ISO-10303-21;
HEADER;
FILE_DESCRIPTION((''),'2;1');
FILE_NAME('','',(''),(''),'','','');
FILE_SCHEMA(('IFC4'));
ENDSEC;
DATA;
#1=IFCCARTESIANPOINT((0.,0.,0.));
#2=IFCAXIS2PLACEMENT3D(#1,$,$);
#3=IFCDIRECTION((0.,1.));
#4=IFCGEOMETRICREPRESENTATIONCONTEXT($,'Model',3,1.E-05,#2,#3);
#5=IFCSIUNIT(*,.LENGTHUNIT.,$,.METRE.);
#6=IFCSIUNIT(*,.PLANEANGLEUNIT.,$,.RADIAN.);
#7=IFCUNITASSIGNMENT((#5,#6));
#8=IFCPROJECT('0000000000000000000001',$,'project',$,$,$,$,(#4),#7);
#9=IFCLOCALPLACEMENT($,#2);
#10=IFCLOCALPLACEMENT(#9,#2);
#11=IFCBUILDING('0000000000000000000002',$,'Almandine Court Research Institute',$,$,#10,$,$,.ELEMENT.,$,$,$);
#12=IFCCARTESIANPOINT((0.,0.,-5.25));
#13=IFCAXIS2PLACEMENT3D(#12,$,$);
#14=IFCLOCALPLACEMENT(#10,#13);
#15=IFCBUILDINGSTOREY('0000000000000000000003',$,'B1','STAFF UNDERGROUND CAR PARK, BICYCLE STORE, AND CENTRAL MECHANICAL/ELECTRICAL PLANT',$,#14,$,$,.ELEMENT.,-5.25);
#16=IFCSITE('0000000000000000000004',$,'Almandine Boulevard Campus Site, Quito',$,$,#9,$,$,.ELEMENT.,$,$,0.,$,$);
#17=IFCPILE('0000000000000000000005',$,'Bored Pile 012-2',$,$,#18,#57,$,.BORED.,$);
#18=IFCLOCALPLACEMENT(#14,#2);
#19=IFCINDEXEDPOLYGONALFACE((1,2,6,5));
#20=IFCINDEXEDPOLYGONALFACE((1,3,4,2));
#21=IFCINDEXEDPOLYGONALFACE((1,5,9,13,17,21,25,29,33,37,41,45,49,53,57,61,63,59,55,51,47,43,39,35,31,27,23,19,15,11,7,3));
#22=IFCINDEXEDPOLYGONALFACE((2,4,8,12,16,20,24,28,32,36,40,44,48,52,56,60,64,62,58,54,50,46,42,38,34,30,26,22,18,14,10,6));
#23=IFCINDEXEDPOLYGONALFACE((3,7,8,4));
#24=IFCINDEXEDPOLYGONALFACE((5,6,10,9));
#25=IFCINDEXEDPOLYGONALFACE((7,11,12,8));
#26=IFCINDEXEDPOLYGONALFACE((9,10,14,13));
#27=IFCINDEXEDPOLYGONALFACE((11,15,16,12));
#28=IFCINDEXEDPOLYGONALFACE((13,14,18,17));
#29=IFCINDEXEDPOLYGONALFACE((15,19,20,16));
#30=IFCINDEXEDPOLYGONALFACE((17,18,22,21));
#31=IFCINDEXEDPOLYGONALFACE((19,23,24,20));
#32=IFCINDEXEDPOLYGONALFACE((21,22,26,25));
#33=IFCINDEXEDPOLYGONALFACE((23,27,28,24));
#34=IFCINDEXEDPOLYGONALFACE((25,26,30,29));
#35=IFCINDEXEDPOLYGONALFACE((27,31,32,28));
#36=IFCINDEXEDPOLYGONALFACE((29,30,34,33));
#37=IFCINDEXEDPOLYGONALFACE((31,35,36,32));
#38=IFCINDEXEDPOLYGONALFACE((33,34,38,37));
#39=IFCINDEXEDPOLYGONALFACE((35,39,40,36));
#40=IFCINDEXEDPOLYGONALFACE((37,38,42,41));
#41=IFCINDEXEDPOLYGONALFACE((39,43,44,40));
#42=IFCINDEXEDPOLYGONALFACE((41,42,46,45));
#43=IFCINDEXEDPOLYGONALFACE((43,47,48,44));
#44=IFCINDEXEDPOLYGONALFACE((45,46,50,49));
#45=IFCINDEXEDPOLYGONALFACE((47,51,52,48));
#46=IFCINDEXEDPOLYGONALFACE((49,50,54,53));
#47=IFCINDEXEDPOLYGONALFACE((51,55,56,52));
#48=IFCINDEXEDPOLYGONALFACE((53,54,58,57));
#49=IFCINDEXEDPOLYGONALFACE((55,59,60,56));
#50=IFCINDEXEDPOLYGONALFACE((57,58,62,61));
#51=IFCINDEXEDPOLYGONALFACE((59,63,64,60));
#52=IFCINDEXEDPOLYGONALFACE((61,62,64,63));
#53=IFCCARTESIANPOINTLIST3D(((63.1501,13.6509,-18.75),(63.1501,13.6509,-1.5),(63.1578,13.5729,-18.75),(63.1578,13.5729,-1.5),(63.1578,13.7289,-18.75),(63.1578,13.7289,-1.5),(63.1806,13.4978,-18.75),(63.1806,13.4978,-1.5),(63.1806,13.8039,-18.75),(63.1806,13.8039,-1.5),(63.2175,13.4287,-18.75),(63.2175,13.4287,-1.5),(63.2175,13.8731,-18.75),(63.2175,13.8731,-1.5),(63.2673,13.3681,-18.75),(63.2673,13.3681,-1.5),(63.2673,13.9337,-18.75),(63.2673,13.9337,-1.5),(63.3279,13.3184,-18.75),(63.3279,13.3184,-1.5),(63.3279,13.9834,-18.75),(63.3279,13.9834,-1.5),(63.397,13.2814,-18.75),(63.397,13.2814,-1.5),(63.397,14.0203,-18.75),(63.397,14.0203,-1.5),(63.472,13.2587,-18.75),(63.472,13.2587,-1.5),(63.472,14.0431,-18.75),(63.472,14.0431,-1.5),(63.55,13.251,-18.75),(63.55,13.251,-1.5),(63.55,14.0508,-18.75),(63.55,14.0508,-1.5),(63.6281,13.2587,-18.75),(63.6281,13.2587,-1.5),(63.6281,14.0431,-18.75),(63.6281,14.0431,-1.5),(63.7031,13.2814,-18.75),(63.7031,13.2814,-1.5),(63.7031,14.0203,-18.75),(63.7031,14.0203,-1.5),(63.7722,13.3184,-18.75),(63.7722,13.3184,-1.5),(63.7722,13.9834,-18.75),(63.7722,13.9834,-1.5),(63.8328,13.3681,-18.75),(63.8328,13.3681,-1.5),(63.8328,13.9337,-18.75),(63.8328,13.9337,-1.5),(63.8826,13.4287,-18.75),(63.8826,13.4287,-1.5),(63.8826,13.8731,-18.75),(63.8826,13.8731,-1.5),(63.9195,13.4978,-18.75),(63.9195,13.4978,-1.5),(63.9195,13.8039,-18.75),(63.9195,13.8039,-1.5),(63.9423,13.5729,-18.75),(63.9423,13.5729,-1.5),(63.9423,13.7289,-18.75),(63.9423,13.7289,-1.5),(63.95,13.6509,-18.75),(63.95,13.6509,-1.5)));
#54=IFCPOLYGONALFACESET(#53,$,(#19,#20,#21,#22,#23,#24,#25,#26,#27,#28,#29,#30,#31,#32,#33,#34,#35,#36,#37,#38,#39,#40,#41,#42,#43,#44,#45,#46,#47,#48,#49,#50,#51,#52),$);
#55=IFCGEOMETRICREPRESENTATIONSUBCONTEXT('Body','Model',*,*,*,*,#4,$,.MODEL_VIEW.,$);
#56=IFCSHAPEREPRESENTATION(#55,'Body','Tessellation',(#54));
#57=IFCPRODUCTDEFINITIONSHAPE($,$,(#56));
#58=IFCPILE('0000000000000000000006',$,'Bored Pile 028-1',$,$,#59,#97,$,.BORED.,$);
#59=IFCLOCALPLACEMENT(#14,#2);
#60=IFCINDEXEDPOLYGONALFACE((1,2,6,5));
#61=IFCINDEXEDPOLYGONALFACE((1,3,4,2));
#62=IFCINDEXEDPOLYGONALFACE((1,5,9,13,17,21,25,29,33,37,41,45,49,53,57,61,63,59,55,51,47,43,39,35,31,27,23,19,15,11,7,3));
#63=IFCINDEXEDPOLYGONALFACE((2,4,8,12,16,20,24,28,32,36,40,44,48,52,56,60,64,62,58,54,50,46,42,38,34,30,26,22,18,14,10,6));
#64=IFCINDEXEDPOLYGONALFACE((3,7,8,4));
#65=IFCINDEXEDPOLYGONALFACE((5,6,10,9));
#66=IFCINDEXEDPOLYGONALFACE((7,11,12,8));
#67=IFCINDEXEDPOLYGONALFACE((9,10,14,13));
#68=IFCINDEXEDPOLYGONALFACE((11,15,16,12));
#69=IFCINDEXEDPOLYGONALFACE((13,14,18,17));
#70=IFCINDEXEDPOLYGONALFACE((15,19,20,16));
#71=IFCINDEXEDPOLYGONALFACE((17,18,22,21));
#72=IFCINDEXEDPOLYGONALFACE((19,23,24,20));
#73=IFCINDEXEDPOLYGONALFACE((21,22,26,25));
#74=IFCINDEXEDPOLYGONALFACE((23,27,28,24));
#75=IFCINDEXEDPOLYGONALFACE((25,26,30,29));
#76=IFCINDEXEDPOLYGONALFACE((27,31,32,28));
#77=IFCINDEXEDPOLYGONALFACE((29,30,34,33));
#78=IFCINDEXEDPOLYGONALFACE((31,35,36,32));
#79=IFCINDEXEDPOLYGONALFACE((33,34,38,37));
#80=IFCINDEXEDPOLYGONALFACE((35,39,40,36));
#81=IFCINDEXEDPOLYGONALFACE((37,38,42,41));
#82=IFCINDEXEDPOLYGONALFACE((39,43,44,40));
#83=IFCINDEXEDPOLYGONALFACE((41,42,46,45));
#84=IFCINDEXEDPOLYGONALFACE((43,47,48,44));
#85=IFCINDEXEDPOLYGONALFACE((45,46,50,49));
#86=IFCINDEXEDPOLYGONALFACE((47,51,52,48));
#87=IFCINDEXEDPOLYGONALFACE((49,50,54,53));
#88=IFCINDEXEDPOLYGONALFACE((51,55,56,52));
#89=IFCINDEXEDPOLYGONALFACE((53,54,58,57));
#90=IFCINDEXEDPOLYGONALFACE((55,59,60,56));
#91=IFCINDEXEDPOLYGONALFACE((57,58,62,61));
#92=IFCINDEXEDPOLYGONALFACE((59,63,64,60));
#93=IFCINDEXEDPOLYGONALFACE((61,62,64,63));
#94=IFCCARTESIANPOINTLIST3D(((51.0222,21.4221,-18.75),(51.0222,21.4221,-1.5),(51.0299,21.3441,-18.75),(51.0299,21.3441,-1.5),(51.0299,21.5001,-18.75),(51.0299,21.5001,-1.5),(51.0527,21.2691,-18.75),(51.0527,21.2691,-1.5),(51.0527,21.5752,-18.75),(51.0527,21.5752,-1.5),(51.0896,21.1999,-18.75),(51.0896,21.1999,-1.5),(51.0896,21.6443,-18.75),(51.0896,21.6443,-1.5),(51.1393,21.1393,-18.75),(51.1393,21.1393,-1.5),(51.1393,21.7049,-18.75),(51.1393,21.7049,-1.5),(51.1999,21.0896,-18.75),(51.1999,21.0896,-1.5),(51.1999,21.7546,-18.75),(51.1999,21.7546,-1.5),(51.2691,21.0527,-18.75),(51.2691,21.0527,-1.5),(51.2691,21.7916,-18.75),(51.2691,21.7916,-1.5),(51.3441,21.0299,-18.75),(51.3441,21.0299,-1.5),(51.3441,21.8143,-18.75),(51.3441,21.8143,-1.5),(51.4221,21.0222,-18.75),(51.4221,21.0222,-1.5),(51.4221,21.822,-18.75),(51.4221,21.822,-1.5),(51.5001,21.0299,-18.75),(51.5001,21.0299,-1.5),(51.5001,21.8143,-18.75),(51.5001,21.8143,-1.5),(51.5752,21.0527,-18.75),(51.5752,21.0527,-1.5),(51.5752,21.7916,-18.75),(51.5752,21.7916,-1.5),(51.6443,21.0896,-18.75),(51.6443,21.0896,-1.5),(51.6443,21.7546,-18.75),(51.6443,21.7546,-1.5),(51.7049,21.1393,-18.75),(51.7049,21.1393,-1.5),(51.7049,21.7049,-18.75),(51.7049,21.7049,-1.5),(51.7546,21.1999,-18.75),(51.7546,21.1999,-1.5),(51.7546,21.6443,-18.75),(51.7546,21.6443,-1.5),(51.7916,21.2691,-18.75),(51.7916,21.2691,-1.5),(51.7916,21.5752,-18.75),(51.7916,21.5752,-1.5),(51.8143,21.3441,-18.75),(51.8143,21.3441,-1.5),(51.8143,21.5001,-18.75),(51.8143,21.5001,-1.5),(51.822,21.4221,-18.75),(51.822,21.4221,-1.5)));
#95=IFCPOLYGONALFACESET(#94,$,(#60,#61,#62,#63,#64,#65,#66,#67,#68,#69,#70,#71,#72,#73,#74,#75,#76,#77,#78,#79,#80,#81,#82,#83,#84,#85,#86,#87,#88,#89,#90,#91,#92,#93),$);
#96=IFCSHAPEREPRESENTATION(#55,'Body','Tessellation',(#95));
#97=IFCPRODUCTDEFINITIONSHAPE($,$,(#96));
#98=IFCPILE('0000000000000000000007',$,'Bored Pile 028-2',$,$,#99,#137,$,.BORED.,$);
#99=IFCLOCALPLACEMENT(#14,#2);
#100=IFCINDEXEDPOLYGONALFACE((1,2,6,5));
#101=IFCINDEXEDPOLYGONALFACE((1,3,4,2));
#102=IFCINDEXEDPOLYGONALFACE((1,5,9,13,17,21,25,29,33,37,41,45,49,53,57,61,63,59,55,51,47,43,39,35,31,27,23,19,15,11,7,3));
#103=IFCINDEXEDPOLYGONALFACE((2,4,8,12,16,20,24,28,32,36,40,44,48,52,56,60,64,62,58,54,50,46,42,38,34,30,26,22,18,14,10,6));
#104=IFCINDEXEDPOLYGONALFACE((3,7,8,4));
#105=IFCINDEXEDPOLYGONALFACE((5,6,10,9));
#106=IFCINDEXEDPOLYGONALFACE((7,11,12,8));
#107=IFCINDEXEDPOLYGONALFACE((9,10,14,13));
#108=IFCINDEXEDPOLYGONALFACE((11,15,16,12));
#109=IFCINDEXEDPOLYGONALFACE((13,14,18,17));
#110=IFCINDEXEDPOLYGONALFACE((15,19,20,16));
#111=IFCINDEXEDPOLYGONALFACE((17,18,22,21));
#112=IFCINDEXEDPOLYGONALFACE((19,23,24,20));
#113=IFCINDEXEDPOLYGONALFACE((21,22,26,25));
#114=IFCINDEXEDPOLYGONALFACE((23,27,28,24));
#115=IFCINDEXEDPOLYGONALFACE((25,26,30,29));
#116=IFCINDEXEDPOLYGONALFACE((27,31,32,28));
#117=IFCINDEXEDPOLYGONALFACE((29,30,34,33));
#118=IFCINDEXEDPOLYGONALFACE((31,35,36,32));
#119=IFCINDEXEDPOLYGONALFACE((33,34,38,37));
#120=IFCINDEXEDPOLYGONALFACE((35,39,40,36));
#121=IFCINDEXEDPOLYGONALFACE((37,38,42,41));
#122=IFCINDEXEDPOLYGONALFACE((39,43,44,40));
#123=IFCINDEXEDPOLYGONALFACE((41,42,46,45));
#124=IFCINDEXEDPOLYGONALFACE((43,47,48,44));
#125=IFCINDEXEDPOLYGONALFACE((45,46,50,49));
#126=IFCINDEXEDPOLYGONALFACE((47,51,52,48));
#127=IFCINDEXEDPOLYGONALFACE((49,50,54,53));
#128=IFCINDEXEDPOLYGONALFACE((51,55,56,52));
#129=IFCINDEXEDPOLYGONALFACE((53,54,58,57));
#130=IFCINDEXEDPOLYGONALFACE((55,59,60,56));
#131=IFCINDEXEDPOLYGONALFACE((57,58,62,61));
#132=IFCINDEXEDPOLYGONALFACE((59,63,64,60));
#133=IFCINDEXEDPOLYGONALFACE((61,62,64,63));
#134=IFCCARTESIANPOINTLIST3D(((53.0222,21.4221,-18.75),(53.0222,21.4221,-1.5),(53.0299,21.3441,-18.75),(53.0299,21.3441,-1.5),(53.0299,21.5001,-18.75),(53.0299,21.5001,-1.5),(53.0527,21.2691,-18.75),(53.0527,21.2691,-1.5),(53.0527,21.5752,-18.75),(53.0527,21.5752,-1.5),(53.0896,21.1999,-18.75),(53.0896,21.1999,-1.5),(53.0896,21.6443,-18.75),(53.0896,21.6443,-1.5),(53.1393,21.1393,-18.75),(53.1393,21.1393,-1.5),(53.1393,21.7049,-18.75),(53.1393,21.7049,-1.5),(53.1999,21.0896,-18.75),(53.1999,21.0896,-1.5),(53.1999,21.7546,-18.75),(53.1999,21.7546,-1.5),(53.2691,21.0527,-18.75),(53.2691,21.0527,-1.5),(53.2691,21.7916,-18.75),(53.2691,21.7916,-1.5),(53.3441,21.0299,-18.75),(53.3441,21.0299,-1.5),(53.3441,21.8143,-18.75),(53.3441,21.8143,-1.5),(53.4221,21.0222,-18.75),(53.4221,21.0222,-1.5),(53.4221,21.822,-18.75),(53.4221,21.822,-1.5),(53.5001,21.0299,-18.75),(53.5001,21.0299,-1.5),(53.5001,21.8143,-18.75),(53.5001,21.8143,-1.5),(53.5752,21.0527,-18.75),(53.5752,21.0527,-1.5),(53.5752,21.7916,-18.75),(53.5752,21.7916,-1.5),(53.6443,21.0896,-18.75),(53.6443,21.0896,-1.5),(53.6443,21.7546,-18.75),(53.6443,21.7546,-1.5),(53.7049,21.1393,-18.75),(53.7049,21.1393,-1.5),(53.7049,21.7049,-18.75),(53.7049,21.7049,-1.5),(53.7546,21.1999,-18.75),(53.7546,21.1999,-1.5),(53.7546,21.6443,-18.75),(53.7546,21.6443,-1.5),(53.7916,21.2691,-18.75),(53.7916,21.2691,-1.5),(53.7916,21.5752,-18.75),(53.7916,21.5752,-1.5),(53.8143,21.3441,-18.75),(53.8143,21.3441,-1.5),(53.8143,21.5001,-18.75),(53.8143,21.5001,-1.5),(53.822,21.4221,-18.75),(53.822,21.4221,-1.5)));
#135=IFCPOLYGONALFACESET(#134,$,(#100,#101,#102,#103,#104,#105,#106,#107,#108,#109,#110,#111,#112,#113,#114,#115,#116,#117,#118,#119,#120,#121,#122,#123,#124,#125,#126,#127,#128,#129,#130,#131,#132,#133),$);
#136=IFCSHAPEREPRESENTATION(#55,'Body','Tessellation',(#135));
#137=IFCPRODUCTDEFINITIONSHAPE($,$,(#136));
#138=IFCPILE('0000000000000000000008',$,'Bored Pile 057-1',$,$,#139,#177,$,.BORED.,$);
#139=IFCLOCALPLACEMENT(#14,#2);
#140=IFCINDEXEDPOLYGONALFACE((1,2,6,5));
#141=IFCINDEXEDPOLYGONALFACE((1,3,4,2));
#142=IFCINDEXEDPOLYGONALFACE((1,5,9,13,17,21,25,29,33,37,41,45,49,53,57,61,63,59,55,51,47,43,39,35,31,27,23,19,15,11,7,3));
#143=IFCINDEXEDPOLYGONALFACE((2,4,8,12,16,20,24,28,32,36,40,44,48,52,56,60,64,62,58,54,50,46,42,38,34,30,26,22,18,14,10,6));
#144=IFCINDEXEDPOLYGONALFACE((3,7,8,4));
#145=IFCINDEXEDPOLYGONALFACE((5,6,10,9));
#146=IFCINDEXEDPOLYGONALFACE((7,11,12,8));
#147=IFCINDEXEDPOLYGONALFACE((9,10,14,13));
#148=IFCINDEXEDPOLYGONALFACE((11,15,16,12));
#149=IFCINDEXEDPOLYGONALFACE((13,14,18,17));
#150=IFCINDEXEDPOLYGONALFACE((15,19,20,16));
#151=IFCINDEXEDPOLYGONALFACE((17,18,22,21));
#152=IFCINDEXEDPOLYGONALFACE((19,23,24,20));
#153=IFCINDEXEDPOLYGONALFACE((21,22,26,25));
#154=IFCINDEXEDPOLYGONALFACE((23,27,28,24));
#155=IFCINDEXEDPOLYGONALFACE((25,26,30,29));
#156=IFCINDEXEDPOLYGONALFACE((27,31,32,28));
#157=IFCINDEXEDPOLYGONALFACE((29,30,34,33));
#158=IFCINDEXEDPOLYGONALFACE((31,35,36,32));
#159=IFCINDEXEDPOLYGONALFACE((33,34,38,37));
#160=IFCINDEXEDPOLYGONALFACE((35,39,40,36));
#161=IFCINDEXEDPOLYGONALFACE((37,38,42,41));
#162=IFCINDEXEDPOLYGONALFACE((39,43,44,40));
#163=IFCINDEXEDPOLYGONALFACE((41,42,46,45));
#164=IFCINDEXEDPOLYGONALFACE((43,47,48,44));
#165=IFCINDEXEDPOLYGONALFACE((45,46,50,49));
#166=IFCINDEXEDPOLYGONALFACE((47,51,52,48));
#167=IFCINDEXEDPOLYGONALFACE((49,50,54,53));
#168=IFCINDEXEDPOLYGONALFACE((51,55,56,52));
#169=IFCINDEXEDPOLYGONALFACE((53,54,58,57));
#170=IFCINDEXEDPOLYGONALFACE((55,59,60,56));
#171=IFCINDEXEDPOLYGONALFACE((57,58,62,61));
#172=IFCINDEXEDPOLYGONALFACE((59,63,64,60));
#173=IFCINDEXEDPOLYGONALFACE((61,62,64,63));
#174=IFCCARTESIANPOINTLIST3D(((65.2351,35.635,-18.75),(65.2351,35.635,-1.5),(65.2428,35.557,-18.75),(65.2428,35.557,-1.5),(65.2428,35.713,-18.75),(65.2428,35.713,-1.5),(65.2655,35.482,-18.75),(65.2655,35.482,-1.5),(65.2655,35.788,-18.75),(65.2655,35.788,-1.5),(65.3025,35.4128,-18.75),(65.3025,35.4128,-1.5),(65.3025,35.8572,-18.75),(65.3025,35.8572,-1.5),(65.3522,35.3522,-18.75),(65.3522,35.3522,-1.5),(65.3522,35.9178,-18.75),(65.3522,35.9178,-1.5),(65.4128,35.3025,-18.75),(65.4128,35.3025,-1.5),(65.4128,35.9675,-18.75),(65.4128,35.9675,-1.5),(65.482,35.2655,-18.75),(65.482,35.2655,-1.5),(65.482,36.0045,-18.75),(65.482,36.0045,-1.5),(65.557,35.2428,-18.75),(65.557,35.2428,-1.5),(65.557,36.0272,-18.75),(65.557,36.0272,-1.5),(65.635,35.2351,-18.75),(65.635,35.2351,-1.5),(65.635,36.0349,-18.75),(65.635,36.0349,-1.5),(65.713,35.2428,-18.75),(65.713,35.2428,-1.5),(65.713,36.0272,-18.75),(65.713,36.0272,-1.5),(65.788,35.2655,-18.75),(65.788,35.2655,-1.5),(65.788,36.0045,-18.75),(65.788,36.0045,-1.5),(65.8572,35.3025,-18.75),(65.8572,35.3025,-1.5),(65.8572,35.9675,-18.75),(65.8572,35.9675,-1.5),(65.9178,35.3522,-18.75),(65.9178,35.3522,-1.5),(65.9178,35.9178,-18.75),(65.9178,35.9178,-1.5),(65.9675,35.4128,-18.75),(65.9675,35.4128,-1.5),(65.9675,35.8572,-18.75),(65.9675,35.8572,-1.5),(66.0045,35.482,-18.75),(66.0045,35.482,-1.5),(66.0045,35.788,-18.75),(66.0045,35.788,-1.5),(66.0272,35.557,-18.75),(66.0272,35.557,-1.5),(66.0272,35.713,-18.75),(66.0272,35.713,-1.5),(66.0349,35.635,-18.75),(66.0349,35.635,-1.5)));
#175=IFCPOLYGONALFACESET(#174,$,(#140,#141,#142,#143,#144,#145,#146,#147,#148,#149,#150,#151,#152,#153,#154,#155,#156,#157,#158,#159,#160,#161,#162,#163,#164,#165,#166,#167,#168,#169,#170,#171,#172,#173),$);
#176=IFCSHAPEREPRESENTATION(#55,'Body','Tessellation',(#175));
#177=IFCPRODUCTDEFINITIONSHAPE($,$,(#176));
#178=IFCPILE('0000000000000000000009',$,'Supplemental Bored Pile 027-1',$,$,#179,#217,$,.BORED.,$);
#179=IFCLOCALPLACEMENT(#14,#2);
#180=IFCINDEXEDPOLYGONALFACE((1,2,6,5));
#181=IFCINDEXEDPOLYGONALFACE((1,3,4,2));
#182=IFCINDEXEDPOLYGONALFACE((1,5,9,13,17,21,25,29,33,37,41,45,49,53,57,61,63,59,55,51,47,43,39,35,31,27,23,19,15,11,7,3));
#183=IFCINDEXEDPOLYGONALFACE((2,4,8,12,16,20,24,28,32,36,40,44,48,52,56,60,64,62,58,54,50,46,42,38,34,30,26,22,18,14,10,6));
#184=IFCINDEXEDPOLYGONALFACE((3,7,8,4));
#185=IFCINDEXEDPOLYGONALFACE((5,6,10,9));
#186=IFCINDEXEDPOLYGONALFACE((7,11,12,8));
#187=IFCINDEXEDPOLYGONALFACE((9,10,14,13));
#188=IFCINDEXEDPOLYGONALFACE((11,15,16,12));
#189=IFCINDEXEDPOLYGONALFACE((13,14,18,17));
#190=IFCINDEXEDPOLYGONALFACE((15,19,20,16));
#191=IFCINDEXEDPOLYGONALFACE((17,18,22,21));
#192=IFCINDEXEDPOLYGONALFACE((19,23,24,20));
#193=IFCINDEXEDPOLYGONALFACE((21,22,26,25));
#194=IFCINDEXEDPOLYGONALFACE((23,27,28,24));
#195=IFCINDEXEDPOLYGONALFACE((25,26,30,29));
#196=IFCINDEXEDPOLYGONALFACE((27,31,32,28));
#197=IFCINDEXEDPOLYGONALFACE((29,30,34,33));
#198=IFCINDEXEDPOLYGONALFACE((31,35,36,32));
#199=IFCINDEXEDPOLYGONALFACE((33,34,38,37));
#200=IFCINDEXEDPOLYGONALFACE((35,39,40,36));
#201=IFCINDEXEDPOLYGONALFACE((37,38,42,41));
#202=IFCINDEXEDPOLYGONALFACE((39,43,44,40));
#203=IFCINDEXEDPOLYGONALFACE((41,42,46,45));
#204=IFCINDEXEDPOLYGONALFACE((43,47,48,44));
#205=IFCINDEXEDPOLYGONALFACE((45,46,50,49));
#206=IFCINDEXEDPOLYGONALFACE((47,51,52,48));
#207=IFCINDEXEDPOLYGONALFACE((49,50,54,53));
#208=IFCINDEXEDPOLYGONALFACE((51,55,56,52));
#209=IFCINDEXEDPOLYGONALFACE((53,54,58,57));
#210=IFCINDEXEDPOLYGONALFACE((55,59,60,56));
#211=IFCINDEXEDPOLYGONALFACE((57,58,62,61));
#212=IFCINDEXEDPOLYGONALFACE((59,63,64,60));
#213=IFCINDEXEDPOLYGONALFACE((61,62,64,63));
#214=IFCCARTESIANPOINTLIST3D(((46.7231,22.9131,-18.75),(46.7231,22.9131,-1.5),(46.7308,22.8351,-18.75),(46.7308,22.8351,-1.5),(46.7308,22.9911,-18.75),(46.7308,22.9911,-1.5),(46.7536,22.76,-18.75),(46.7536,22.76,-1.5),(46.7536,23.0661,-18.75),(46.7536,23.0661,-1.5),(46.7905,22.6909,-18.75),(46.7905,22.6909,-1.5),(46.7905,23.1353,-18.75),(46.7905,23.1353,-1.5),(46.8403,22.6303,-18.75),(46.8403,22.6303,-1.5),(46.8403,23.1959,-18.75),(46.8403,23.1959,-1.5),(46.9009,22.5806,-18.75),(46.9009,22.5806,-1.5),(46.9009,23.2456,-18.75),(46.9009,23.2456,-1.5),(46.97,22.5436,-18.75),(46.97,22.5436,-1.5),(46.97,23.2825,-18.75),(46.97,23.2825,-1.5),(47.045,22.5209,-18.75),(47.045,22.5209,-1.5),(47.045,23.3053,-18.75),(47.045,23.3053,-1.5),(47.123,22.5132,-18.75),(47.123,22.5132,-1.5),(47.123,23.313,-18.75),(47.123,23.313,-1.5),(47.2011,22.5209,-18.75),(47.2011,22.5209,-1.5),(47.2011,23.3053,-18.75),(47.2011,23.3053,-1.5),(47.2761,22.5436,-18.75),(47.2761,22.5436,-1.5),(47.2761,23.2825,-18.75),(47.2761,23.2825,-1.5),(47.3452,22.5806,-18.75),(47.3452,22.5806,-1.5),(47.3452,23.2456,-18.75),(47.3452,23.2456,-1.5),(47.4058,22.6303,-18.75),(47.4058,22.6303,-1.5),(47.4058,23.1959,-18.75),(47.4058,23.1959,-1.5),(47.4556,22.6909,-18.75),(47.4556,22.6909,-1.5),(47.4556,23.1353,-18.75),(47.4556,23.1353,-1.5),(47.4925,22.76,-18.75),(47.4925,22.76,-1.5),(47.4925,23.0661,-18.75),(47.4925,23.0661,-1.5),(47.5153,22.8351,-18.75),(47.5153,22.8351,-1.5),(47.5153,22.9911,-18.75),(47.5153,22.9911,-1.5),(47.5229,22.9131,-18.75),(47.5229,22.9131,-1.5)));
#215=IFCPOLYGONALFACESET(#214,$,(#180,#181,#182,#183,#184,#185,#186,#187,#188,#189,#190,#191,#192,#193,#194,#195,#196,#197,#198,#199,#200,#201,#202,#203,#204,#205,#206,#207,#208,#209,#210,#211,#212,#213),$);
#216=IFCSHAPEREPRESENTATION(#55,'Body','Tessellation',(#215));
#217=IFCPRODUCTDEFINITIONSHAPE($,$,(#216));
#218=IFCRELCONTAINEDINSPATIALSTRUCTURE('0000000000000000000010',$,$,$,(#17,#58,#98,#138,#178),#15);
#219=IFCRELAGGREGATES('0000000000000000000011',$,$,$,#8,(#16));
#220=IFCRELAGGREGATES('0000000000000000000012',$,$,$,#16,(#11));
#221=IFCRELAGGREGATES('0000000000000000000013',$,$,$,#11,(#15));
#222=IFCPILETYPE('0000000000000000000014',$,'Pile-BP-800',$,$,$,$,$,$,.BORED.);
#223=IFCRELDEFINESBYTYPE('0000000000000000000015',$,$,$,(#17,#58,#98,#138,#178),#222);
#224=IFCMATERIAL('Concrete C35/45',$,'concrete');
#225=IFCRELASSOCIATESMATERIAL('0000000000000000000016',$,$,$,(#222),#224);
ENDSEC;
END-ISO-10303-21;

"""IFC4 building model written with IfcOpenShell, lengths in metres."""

from ifc_helpers import new_model, si_unit, direction, frame, origin, origin_2d, place, context, subcontext, project, spatial, circle, extrude, material, material_profile, profile_set, type_object, element, save


model = new_model("IFC4")

# Units and contexts
model_context = context("Model", 3, precision=1e-05, world=origin(), true_north=direction((0.0, 1.0)))
body_context = subcontext(model_context, "Body", "Model", "MODEL_VIEW")
ifc_project = project(units=[si_unit("LENGTHUNIT", "METRE"), si_unit("PLANEANGLEUNIT", "RADIAN")], contexts=[model_context])

# Site, building, storey
site_placement = place(None, origin())
site = spatial("IfcSite", under=ifc_project, at=site_placement, Name="Almandine Boulevard Campus Site, Quito", CompositionType="ELEMENT", RefElevation=0.0)
building_placement = place(site_placement, origin())
building = spatial("IfcBuilding", under=site, at=building_placement, Name="Almandine Court Research Institute", CompositionType="ELEMENT")
storey_placement = place(building_placement, frame((0.0, 0.0, -5.25)))
storey = spatial("IfcBuildingStorey", under=building, at=storey_placement, Name="B1", Description="STAFF UNDERGROUND CAR PARK, BICYCLE STORE, AND CENTRAL MECHANICAL/ELECTRICAL PLANT", CompositionType="ELEMENT", Elevation=-5.25)

# Shared definitions
ifc_material_1 = material(Name="Concrete C35/45", Category="concrete")

# Piles
ifc_material_profile_1 = material_profile(ifc_material_1, circle(Radius=0.3999, at=origin_2d()), Name="BORED PILE D800")
ifc_profile_set_1 = profile_set([ifc_material_profile_1], Name="Concrete C35/45")
pile_type_1 = type_object("IfcPileType", Name="Pile-BP-800", PredefinedType="BORED", material=ifc_profile_set_1)
for number, where, z_axis, x_axis, name in (
    (1, (63.55, 13.6509, -1.5), (0.0, 0.0, -1.0), (1.0, 0.0, 0.0), "Bored Pile 012-2"),
    (2, (51.4221, 21.4221, -1.5), (0.0, 0.0, -1.0), (1.0, 0.0, 0.0), "Bored Pile 028-1"),
    (3, (53.4221, 21.4221, -1.5), (0.0, 0.0, -1.0), (1.0, 0.0, 0.0), "Bored Pile 028-2"),
    (4, (65.635, 35.635, -1.5), (0.0, 0.0, -1.0), (1.0, 0.0, 0.0), "Bored Pile 057-1"),
    (5, (47.123, 22.9131, -1.5), (0.0, 0.0, -1.0), (1.0, 0.0, 0.0), "Supplemental Bored Pile 027-1"),
):
    element("IfcPile", number, at=place(storey_placement, frame(where, z_axis=z_axis, x_axis=x_axis)), inside=storey, type_object=pile_type_1, Name=name, PredefinedType="BORED", context=body_context, shape_type="SweptSolid", body=[
        extrude(circle(Radius=0.3999, at=origin_2d()), origin(), (0.0, 0.0, 1.0), 17.25),
    ])

save(model, "model.ifc")
